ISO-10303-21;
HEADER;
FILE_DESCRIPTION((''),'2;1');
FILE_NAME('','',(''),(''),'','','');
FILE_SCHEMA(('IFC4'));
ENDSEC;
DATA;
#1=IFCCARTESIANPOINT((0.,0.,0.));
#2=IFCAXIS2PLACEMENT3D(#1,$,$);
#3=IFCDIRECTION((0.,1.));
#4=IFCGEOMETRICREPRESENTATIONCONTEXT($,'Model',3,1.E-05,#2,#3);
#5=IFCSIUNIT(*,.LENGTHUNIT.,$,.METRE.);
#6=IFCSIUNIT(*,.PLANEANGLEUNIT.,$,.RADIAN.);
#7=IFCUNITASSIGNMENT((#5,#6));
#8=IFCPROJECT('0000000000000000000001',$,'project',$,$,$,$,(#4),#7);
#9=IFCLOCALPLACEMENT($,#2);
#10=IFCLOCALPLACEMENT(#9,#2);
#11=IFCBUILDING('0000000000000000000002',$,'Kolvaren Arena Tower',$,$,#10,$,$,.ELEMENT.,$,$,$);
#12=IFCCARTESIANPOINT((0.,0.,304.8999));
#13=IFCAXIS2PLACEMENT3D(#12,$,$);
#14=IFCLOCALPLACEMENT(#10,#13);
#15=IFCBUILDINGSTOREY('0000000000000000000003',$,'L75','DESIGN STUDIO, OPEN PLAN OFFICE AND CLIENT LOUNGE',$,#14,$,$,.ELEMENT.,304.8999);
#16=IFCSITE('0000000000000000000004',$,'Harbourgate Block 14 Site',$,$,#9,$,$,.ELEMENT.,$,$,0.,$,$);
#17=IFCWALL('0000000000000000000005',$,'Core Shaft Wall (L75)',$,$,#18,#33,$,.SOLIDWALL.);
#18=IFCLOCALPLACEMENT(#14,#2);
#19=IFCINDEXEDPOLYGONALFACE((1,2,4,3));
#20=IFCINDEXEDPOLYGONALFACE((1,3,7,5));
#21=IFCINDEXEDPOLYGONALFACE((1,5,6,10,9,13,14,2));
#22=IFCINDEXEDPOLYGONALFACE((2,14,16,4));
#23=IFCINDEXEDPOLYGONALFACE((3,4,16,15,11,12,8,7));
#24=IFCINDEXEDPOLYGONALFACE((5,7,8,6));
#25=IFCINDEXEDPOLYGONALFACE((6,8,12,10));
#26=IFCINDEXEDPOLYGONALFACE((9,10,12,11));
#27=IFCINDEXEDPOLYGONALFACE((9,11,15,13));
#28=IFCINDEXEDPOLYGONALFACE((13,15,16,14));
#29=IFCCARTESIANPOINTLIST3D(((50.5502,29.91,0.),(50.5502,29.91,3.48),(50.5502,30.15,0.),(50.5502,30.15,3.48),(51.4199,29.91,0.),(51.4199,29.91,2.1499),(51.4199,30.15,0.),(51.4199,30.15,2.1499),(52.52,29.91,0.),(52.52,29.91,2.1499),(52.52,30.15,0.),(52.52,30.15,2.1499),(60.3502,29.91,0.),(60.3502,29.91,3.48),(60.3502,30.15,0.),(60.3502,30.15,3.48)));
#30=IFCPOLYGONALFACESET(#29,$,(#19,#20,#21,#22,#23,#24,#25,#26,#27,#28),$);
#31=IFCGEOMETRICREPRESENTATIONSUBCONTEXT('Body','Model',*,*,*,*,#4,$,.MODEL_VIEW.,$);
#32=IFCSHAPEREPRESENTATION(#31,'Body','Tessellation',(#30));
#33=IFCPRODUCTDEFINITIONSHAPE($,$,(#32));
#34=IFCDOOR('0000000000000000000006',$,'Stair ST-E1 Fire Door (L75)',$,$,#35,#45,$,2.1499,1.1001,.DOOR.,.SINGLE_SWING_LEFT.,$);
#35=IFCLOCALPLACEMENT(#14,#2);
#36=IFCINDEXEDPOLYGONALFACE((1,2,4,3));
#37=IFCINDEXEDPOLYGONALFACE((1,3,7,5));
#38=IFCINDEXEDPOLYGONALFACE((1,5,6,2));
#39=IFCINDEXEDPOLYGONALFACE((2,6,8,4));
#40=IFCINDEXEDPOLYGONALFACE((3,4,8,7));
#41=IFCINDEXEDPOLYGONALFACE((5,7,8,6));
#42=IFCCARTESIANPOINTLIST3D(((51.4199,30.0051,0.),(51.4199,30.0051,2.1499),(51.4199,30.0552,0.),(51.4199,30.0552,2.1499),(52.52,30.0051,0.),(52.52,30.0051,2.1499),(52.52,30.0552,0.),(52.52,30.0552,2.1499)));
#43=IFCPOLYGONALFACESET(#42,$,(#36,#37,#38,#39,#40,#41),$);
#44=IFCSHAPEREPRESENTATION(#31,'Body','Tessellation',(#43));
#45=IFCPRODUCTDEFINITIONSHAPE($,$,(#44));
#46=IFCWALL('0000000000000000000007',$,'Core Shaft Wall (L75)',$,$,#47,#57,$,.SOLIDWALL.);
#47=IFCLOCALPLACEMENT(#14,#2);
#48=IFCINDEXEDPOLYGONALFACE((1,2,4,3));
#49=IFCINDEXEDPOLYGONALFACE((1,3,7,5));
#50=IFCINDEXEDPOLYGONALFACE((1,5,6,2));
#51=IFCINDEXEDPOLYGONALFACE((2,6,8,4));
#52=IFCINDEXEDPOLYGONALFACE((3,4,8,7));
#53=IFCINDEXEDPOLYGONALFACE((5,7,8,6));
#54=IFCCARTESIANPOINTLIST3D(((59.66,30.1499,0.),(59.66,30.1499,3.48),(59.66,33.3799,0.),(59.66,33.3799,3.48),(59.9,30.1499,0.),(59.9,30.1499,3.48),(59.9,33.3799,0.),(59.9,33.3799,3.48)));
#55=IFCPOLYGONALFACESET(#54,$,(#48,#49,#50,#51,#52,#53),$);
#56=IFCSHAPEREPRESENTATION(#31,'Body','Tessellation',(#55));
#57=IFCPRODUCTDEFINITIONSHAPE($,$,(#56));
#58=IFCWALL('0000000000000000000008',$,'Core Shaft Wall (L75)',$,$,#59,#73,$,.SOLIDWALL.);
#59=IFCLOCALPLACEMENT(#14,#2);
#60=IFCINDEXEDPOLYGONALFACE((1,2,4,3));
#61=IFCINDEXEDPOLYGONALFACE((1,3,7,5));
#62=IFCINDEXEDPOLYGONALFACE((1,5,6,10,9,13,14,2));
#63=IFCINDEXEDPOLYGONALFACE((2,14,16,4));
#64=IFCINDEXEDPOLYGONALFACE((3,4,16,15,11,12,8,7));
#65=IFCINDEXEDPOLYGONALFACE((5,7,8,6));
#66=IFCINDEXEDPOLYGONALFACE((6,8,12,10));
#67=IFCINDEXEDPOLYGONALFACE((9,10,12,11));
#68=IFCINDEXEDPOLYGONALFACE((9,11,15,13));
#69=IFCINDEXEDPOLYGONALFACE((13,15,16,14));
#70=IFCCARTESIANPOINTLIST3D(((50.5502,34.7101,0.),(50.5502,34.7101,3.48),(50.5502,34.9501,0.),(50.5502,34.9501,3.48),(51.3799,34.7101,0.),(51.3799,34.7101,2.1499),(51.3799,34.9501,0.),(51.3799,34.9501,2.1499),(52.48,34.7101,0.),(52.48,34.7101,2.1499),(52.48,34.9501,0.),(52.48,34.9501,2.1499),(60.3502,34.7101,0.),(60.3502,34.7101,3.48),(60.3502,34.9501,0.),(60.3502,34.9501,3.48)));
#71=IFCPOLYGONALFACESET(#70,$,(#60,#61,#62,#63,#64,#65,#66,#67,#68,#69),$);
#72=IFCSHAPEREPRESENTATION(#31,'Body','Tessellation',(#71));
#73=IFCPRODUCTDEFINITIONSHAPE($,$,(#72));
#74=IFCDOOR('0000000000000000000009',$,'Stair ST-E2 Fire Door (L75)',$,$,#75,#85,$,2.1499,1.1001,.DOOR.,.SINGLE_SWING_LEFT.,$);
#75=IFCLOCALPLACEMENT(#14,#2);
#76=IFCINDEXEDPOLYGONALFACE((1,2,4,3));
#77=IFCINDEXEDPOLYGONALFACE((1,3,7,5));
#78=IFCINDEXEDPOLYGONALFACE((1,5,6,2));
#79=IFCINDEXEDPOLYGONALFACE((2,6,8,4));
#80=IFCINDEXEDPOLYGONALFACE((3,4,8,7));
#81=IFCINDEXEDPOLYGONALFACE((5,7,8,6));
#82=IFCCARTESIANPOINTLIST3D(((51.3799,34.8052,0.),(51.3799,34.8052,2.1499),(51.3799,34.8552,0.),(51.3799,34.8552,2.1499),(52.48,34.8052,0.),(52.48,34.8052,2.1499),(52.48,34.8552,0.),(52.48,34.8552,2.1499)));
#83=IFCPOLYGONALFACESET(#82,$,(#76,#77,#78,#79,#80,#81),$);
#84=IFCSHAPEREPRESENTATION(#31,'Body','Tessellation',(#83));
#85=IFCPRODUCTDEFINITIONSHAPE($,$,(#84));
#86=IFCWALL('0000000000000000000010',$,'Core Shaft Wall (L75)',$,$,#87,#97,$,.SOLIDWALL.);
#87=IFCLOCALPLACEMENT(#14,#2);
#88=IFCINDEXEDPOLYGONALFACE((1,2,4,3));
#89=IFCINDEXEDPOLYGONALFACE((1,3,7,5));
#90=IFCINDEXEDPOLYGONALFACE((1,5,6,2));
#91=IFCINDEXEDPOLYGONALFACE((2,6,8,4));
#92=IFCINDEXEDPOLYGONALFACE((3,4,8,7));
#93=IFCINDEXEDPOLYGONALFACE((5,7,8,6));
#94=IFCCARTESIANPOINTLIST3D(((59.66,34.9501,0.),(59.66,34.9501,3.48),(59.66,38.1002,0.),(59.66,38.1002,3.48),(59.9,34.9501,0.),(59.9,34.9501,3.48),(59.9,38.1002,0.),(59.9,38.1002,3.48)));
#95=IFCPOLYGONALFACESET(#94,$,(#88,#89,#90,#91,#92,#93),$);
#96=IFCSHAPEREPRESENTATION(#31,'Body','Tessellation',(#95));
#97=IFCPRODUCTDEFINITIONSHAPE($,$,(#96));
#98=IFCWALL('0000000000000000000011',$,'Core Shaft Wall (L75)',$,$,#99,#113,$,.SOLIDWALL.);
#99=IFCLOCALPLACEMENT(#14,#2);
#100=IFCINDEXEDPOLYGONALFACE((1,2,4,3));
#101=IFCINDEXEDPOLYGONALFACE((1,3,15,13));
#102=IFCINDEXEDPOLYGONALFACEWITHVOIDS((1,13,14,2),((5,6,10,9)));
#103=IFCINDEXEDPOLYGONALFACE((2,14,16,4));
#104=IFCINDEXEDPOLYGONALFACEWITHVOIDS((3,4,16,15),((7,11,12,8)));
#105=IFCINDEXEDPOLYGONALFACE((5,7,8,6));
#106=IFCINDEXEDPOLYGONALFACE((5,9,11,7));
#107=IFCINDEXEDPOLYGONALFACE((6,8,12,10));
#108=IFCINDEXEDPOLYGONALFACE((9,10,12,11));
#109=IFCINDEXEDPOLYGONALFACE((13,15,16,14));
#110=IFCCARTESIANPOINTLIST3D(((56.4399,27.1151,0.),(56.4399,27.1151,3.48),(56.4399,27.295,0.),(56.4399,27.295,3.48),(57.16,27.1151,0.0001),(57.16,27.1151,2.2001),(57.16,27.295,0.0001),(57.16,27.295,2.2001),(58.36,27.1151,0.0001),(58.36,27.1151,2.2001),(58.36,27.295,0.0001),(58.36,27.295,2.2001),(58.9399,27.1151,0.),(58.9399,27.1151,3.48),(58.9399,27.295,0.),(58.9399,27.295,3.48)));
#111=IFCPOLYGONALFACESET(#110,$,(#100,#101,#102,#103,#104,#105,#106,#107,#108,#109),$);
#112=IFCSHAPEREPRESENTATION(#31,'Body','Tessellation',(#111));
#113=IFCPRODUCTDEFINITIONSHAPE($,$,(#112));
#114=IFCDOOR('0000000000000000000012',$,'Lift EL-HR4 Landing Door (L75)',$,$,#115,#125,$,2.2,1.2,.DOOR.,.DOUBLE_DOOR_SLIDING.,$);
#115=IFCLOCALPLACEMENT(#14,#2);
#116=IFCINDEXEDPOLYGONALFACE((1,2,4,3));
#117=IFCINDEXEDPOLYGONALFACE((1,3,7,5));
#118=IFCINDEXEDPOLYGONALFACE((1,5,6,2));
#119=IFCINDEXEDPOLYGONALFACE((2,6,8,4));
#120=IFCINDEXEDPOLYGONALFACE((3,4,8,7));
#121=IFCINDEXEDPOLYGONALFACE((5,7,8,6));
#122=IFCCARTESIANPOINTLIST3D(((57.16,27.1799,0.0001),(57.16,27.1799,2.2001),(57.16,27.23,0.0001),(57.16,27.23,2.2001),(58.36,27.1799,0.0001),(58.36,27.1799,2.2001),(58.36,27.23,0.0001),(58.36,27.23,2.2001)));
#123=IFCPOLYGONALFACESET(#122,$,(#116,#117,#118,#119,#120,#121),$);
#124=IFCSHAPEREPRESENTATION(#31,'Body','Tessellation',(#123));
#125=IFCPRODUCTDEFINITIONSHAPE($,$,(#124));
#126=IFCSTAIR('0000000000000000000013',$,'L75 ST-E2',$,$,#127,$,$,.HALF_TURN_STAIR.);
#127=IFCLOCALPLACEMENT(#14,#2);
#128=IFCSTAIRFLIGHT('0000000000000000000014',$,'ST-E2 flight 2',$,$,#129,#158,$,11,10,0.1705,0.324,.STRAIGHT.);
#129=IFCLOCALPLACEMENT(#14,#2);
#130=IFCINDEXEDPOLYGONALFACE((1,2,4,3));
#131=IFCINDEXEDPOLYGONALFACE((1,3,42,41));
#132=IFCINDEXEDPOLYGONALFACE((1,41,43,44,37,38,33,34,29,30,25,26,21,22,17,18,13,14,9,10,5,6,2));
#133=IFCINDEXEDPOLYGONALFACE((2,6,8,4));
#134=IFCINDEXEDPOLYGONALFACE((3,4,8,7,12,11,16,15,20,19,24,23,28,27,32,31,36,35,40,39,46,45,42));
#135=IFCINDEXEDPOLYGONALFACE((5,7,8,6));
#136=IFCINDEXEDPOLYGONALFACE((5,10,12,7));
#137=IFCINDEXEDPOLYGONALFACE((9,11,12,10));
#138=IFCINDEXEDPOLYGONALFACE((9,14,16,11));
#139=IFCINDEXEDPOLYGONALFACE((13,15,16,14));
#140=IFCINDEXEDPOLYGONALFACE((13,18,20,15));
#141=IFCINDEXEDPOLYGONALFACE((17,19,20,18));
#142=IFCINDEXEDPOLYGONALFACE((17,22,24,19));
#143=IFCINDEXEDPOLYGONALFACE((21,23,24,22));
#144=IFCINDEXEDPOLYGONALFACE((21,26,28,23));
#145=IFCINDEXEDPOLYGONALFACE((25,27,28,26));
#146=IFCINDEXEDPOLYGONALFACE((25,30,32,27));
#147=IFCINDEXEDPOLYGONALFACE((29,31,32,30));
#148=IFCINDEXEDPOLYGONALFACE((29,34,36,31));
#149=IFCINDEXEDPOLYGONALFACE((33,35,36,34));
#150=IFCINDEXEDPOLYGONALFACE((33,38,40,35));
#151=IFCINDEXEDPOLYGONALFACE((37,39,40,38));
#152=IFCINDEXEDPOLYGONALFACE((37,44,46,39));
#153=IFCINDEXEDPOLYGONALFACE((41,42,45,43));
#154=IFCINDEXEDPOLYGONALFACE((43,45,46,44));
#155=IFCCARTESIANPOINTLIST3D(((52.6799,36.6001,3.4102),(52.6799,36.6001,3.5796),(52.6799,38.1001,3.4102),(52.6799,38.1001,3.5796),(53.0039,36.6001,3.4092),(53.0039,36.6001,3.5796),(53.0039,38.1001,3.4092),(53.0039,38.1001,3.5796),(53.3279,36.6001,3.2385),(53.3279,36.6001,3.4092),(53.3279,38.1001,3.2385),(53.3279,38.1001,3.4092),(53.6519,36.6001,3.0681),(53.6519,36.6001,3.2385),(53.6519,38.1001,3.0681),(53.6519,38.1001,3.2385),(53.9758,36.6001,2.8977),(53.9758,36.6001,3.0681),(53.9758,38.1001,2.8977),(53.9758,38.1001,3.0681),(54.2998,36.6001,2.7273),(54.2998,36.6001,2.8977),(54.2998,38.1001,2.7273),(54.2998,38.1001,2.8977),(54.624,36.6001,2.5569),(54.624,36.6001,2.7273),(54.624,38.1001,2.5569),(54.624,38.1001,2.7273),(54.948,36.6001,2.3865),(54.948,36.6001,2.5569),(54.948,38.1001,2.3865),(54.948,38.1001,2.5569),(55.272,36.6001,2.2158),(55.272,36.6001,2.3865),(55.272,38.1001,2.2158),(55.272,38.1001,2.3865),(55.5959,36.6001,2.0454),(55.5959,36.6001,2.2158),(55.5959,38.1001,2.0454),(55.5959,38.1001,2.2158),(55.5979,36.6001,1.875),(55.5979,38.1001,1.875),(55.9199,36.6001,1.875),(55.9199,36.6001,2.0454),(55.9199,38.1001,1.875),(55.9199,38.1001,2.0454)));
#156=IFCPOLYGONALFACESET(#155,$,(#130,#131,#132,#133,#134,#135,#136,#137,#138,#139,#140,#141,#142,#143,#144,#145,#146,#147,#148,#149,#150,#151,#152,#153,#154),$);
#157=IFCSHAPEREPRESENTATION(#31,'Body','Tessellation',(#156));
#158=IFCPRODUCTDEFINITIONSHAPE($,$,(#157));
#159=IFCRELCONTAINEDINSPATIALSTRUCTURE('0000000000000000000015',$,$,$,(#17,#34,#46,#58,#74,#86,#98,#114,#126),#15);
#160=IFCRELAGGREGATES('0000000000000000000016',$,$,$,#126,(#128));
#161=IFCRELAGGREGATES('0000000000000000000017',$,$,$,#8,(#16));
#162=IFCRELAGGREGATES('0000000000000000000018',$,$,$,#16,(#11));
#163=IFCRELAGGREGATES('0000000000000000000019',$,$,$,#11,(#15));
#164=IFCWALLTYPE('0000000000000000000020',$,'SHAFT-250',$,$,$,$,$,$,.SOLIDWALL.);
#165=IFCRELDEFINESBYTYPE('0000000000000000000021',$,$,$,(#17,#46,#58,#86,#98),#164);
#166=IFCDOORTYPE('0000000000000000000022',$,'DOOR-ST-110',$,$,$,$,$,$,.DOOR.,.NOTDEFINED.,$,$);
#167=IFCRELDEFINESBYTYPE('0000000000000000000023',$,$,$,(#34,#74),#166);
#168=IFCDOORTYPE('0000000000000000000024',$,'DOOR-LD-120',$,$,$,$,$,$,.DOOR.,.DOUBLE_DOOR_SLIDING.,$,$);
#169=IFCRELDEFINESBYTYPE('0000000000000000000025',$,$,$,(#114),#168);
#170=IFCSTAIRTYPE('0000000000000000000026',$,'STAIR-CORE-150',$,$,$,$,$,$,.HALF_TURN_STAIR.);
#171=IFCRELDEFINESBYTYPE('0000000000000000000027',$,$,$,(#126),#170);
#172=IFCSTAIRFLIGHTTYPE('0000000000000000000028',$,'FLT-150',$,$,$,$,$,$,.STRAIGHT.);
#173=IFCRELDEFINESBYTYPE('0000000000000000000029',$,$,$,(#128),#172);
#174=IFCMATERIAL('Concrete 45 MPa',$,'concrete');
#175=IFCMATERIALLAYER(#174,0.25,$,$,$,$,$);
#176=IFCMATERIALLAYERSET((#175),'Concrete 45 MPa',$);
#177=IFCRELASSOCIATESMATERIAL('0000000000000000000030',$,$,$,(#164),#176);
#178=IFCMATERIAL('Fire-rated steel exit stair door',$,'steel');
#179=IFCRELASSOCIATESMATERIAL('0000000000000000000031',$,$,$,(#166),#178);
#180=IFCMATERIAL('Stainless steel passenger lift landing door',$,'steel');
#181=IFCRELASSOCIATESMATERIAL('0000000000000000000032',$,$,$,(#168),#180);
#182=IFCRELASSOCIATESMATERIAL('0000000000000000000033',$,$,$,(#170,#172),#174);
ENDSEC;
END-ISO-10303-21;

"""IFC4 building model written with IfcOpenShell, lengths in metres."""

from ifc_helpers import new_model, si_unit, direction, frame, frame_2d, origin, place, context, subcontext, project, spatial, polyline, rectangle, outline, extrude, material, layer, layer_set, type_object, element, fill, aggregate, save


model = new_model("IFC4")

# Units and contexts
model_context = context("Model", 3, precision=1e-05, world=origin(), true_north=direction((0.0, 1.0)))
body_context = subcontext(model_context, "Body", "Model", "MODEL_VIEW")
ifc_project = project(units=[si_unit("LENGTHUNIT", "METRE"), si_unit("PLANEANGLEUNIT", "RADIAN")], contexts=[model_context])

# Site, building, storey
site_placement = place(None, origin())
site = spatial("IfcSite", under=ifc_project, at=site_placement, Name="Harbourgate Block 14 Site", CompositionType="ELEMENT", RefElevation=0.0)
building_placement = place(site_placement, origin())
building = spatial("IfcBuilding", under=site, at=building_placement, Name="Kolvaren Arena Tower", CompositionType="ELEMENT")
storey_placement = place(building_placement, frame((0.0, 0.0, 304.8999)))
storey = spatial("IfcBuildingStorey", under=building, at=storey_placement, Name="L75", Description="DESIGN STUDIO, OPEN PLAN OFFICE AND CLIENT LOUNGE", CompositionType="ELEMENT", Elevation=304.8999)

# Wall, opening, door
ifc_material_1 = material(Name="Concrete 45 MPa", Category="concrete")
ifc_layer = layer(ifc_material_1, 0.25)
ifc_layer_set = layer_set([ifc_layer], Name="Concrete 45 MPa")
wall_type = type_object("IfcWallType", Name="SHAFT-250", PredefinedType="SOLIDWALL", material=ifc_layer_set)
wall_1_placement = place(storey_placement, frame((60.3501, 30.03, 0.0), z_axis=(0.0, 0.0, 1.0), x_axis=(-1.0, 0.0, 0.0)))
wall_1 = element("IfcWall", 1, at=wall_1_placement, inside=storey, type_object=wall_type, Name="Core Shaft Wall (L75)", PredefinedType="SOLIDWALL", context=body_context, shape_type="SweptSolid", body=[
    extrude(rectangle(XDim=9.8, YDim=0.24, at=frame_2d((4.8999, 0.0))), origin(), (0.0, 0.0, 1.0), 3.48),
])
opening_1_placement = place(wall_1_placement, frame((7.8301, 0.0, 0.0)))
opening_1 = element("IfcOpeningElement", 2, at=opening_1_placement, cuts=wall_1, PredefinedType="OPENING", context=body_context, shape_type="SweptSolid", body=[
    extrude(rectangle(XDim=1.1001, YDim=2.1499, at=frame_2d((0.55, 1.075))), frame((0.0, 0.1299, 0.0), z_axis=(0.0, -1.0, 0.0), x_axis=(1.0, 0.0, 0.0)), (0.0, 0.0, 1.0), 0.26),
])
ifc_material_2 = material(Name="Fire-rated steel exit stair door", Category="steel")
door_type_1 = type_object("IfcDoorType", Name="DOOR-ST-110", OperationType="NOTDEFINED", PredefinedType="DOOR", material=ifc_material_2)
door_1_placement = place(opening_1_placement, origin())
door_1 = element("IfcDoor", 3, at=door_1_placement, inside=storey, type_object=door_type_1, Name="Stair ST-E1 Fire Door (L75)", OperationType="SINGLE_SWING_LEFT", OverallHeight=2.1499, OverallWidth=1.1001, PredefinedType="DOOR", context=body_context, shape_type="SweptSolid", body=[
    extrude(rectangle(XDim=1.1001, YDim=2.1499, at=frame_2d((0.55, 1.075))), frame((0.0, 0.0249, 0.0), z_axis=(0.0, -1.0, 0.0), x_axis=(1.0, 0.0, 0.0)), (0.0, 0.0, 1.0), 0.05),
])
fill(opening_1, door_1)

# Wall
wall_2_placement = place(storey_placement, frame((59.78, 30.1499, 0.0), z_axis=(0.0, 0.0, 1.0), x_axis=(0.0, 1.0, 0.0)))
element("IfcWall", 4, at=wall_2_placement, inside=storey, type_object=wall_type, Name="Core Shaft Wall (L75)", PredefinedType="SOLIDWALL", context=body_context, shape_type="SweptSolid", body=[
    extrude(rectangle(XDim=3.23, YDim=0.24, at=frame_2d((1.615, 0.0))), origin(), (0.0, 0.0, 1.0), 3.48),
])

# Wall, opening, door
wall_3_placement = place(storey_placement, frame((60.3501, 34.8301, 0.0), z_axis=(0.0, 0.0, 1.0), x_axis=(-1.0, 0.0, 0.0)))
wall_3 = element("IfcWall", 5, at=wall_3_placement, inside=storey, type_object=wall_type, Name="Core Shaft Wall (L75)", PredefinedType="SOLIDWALL", context=body_context, shape_type="SweptSolid", body=[
    extrude(rectangle(XDim=9.8, YDim=0.24, at=frame_2d((4.8999, 0.0))), origin(), (0.0, 0.0, 1.0), 3.48),
])
opening_2_placement = place(wall_3_placement, frame((7.8701, 0.0, 0.0)))
opening_2 = element("IfcOpeningElement", 6, at=opening_2_placement, cuts=wall_3, PredefinedType="OPENING", context=body_context, shape_type="SweptSolid", body=[
    extrude(rectangle(XDim=1.1001, YDim=2.1499, at=frame_2d((0.55, 1.075))), frame((0.0, 0.1299, 0.0), z_axis=(0.0, -1.0, 0.0), x_axis=(1.0, 0.0, 0.0)), (0.0, 0.0, 1.0), 0.26),
])
door_2_placement = place(opening_2_placement, origin())
door_2 = element("IfcDoor", 7, at=door_2_placement, inside=storey, type_object=door_type_1, Name="Stair ST-E2 Fire Door (L75)", OperationType="SINGLE_SWING_LEFT", OverallHeight=2.1499, OverallWidth=1.1001, PredefinedType="DOOR", context=body_context, shape_type="SweptSolid", body=[
    extrude(rectangle(XDim=1.1001, YDim=2.1499, at=frame_2d((0.55, 1.075))), frame((0.0, 0.0249, 0.0), z_axis=(0.0, -1.0, 0.0), x_axis=(1.0, 0.0, 0.0)), (0.0, 0.0, 1.0), 0.05),
])
fill(opening_2, door_2)

# Wall
wall_4_placement = place(storey_placement, frame((59.78, 34.95, 0.0), z_axis=(0.0, 0.0, 1.0), x_axis=(0.0, 1.0, 0.0)))
element("IfcWall", 8, at=wall_4_placement, inside=storey, type_object=wall_type, Name="Core Shaft Wall (L75)", PredefinedType="SOLIDWALL", context=body_context, shape_type="SweptSolid", body=[
    extrude(rectangle(XDim=3.1501, YDim=0.24, at=frame_2d((1.5752, 0.0))), origin(), (0.0, 0.0, 1.0), 3.48),
])

# Wall, opening, door
wall_5_placement = place(storey_placement, frame((56.4399, 27.2051, 0.0), z_axis=(0.0, 0.0, 1.0), x_axis=(1.0, 0.0, 0.0)))
wall_5 = element("IfcWall", 9, at=wall_5_placement, inside=storey, type_object=wall_type, Name="Core Shaft Wall (L75)", PredefinedType="SOLIDWALL", context=body_context, shape_type="SweptSolid", body=[
    extrude(rectangle(XDim=2.5, YDim=0.1799, at=frame_2d((1.25, 0.0))), origin(), (0.0, 0.0, 1.0), 3.48),
])
opening_3_placement = place(wall_5_placement, frame((0.72, 0.0, 0.0)))
opening_3 = element("IfcOpeningElement", 10, at=opening_3_placement, cuts=wall_5, PredefinedType="OPENING", context=body_context, shape_type="SweptSolid", body=[
    extrude(rectangle(XDim=1.2, YDim=2.2, at=frame_2d((0.6001, 1.1001))), frame((0.0, 0.0999, 0.0), z_axis=(0.0, -1.0, 0.0), x_axis=(1.0, 0.0, 0.0)), (0.0, 0.0, 1.0), 0.2),
])
ifc_material_3 = material(Name="Stainless steel passenger lift landing door", Category="steel")
door_type_2 = type_object("IfcDoorType", Name="DOOR-LD-120", OperationType="DOUBLE_DOOR_SLIDING", PredefinedType="DOOR", material=ifc_material_3)
door_3_placement = place(opening_3_placement, origin())
door_3 = element("IfcDoor", 11, at=door_3_placement, inside=storey, type_object=door_type_2, Name="Lift EL-HR4 Landing Door (L75)", OperationType="DOUBLE_DOOR_SLIDING", OverallHeight=2.2, OverallWidth=1.2, PredefinedType="DOOR", context=body_context, shape_type="SweptSolid", body=[
    extrude(rectangle(XDim=1.2, YDim=2.2, at=frame_2d((0.6001, 1.1001))), frame((0.0, 0.0249, 0.0), z_axis=(0.0, -1.0, 0.0), x_axis=(1.0, 0.0, 0.0)), (0.0, 0.0, 1.0), 0.05),
])
fill(opening_3, door_3)

# Stair, stair flight
stair_type_1 = type_object("IfcStairType", Name="STAIR-CORE-150", PredefinedType="HALF_TURN_STAIR", material=ifc_material_1)
stair_1_placement = place(storey_placement, origin())
stair_1 = element("IfcStair", 12, at=stair_1_placement, inside=storey, type_object=stair_type_1, Name="L75 ST-E2", PredefinedType="HALF_TURN_STAIR")
stair_flight_type_1 = type_object("IfcStairFlightType", Name="FLT-150", PredefinedType="STRAIGHT", material=ifc_material_1)
stair_flight_1_placement = place(storey_placement, frame((55.9199, 37.3501, 1.875), z_axis=(0.0, 0.0, 1.0), x_axis=(-1.0, 0.0, 0.0)))
stair_flight_1 = element("IfcStairFlight", 13, at=stair_flight_1_placement, type_object=stair_flight_type_1, Name="ST-E2 flight 2", NumberOfRisers=11, NumberOfTreads=10, PredefinedType="STRAIGHT", RiserHeight=0.1705, TreadLength=0.324, context=body_context, shape_type="SweptSolid", body=[
    extrude(outline(polyline([(0.0, 0.0), (0.0, 0.1704), (0.324, 0.1704), (0.324, 0.3408), (0.6479, 0.3408), (0.6479, 0.5115), (0.9719, 0.5115), (0.9719, 0.6819), (1.2959, 0.6819), (1.2959, 0.8523), (1.6201, 0.8523), (1.6201, 1.0227), (1.9441, 1.0227), (1.9441, 1.1931), (2.2681, 1.1931), (2.2681, 1.3635), (2.592, 1.3635), (2.592, 1.5342), (2.916, 1.5342), (2.916, 1.7046), (3.24, 1.7046), (3.24, 1.875), (3.24, 1.5352), (0.322, 0.0), (0.0, 0.0)])), frame((0.0, 0.75, 0.0), z_axis=(0.0, -1.0, 0.0), x_axis=(1.0, 0.0, 0.0)), (0.0, 0.0, 1.0), 1.5),
])
aggregate(stair_1, [stair_flight_1])

save(model, "model.ifc")
